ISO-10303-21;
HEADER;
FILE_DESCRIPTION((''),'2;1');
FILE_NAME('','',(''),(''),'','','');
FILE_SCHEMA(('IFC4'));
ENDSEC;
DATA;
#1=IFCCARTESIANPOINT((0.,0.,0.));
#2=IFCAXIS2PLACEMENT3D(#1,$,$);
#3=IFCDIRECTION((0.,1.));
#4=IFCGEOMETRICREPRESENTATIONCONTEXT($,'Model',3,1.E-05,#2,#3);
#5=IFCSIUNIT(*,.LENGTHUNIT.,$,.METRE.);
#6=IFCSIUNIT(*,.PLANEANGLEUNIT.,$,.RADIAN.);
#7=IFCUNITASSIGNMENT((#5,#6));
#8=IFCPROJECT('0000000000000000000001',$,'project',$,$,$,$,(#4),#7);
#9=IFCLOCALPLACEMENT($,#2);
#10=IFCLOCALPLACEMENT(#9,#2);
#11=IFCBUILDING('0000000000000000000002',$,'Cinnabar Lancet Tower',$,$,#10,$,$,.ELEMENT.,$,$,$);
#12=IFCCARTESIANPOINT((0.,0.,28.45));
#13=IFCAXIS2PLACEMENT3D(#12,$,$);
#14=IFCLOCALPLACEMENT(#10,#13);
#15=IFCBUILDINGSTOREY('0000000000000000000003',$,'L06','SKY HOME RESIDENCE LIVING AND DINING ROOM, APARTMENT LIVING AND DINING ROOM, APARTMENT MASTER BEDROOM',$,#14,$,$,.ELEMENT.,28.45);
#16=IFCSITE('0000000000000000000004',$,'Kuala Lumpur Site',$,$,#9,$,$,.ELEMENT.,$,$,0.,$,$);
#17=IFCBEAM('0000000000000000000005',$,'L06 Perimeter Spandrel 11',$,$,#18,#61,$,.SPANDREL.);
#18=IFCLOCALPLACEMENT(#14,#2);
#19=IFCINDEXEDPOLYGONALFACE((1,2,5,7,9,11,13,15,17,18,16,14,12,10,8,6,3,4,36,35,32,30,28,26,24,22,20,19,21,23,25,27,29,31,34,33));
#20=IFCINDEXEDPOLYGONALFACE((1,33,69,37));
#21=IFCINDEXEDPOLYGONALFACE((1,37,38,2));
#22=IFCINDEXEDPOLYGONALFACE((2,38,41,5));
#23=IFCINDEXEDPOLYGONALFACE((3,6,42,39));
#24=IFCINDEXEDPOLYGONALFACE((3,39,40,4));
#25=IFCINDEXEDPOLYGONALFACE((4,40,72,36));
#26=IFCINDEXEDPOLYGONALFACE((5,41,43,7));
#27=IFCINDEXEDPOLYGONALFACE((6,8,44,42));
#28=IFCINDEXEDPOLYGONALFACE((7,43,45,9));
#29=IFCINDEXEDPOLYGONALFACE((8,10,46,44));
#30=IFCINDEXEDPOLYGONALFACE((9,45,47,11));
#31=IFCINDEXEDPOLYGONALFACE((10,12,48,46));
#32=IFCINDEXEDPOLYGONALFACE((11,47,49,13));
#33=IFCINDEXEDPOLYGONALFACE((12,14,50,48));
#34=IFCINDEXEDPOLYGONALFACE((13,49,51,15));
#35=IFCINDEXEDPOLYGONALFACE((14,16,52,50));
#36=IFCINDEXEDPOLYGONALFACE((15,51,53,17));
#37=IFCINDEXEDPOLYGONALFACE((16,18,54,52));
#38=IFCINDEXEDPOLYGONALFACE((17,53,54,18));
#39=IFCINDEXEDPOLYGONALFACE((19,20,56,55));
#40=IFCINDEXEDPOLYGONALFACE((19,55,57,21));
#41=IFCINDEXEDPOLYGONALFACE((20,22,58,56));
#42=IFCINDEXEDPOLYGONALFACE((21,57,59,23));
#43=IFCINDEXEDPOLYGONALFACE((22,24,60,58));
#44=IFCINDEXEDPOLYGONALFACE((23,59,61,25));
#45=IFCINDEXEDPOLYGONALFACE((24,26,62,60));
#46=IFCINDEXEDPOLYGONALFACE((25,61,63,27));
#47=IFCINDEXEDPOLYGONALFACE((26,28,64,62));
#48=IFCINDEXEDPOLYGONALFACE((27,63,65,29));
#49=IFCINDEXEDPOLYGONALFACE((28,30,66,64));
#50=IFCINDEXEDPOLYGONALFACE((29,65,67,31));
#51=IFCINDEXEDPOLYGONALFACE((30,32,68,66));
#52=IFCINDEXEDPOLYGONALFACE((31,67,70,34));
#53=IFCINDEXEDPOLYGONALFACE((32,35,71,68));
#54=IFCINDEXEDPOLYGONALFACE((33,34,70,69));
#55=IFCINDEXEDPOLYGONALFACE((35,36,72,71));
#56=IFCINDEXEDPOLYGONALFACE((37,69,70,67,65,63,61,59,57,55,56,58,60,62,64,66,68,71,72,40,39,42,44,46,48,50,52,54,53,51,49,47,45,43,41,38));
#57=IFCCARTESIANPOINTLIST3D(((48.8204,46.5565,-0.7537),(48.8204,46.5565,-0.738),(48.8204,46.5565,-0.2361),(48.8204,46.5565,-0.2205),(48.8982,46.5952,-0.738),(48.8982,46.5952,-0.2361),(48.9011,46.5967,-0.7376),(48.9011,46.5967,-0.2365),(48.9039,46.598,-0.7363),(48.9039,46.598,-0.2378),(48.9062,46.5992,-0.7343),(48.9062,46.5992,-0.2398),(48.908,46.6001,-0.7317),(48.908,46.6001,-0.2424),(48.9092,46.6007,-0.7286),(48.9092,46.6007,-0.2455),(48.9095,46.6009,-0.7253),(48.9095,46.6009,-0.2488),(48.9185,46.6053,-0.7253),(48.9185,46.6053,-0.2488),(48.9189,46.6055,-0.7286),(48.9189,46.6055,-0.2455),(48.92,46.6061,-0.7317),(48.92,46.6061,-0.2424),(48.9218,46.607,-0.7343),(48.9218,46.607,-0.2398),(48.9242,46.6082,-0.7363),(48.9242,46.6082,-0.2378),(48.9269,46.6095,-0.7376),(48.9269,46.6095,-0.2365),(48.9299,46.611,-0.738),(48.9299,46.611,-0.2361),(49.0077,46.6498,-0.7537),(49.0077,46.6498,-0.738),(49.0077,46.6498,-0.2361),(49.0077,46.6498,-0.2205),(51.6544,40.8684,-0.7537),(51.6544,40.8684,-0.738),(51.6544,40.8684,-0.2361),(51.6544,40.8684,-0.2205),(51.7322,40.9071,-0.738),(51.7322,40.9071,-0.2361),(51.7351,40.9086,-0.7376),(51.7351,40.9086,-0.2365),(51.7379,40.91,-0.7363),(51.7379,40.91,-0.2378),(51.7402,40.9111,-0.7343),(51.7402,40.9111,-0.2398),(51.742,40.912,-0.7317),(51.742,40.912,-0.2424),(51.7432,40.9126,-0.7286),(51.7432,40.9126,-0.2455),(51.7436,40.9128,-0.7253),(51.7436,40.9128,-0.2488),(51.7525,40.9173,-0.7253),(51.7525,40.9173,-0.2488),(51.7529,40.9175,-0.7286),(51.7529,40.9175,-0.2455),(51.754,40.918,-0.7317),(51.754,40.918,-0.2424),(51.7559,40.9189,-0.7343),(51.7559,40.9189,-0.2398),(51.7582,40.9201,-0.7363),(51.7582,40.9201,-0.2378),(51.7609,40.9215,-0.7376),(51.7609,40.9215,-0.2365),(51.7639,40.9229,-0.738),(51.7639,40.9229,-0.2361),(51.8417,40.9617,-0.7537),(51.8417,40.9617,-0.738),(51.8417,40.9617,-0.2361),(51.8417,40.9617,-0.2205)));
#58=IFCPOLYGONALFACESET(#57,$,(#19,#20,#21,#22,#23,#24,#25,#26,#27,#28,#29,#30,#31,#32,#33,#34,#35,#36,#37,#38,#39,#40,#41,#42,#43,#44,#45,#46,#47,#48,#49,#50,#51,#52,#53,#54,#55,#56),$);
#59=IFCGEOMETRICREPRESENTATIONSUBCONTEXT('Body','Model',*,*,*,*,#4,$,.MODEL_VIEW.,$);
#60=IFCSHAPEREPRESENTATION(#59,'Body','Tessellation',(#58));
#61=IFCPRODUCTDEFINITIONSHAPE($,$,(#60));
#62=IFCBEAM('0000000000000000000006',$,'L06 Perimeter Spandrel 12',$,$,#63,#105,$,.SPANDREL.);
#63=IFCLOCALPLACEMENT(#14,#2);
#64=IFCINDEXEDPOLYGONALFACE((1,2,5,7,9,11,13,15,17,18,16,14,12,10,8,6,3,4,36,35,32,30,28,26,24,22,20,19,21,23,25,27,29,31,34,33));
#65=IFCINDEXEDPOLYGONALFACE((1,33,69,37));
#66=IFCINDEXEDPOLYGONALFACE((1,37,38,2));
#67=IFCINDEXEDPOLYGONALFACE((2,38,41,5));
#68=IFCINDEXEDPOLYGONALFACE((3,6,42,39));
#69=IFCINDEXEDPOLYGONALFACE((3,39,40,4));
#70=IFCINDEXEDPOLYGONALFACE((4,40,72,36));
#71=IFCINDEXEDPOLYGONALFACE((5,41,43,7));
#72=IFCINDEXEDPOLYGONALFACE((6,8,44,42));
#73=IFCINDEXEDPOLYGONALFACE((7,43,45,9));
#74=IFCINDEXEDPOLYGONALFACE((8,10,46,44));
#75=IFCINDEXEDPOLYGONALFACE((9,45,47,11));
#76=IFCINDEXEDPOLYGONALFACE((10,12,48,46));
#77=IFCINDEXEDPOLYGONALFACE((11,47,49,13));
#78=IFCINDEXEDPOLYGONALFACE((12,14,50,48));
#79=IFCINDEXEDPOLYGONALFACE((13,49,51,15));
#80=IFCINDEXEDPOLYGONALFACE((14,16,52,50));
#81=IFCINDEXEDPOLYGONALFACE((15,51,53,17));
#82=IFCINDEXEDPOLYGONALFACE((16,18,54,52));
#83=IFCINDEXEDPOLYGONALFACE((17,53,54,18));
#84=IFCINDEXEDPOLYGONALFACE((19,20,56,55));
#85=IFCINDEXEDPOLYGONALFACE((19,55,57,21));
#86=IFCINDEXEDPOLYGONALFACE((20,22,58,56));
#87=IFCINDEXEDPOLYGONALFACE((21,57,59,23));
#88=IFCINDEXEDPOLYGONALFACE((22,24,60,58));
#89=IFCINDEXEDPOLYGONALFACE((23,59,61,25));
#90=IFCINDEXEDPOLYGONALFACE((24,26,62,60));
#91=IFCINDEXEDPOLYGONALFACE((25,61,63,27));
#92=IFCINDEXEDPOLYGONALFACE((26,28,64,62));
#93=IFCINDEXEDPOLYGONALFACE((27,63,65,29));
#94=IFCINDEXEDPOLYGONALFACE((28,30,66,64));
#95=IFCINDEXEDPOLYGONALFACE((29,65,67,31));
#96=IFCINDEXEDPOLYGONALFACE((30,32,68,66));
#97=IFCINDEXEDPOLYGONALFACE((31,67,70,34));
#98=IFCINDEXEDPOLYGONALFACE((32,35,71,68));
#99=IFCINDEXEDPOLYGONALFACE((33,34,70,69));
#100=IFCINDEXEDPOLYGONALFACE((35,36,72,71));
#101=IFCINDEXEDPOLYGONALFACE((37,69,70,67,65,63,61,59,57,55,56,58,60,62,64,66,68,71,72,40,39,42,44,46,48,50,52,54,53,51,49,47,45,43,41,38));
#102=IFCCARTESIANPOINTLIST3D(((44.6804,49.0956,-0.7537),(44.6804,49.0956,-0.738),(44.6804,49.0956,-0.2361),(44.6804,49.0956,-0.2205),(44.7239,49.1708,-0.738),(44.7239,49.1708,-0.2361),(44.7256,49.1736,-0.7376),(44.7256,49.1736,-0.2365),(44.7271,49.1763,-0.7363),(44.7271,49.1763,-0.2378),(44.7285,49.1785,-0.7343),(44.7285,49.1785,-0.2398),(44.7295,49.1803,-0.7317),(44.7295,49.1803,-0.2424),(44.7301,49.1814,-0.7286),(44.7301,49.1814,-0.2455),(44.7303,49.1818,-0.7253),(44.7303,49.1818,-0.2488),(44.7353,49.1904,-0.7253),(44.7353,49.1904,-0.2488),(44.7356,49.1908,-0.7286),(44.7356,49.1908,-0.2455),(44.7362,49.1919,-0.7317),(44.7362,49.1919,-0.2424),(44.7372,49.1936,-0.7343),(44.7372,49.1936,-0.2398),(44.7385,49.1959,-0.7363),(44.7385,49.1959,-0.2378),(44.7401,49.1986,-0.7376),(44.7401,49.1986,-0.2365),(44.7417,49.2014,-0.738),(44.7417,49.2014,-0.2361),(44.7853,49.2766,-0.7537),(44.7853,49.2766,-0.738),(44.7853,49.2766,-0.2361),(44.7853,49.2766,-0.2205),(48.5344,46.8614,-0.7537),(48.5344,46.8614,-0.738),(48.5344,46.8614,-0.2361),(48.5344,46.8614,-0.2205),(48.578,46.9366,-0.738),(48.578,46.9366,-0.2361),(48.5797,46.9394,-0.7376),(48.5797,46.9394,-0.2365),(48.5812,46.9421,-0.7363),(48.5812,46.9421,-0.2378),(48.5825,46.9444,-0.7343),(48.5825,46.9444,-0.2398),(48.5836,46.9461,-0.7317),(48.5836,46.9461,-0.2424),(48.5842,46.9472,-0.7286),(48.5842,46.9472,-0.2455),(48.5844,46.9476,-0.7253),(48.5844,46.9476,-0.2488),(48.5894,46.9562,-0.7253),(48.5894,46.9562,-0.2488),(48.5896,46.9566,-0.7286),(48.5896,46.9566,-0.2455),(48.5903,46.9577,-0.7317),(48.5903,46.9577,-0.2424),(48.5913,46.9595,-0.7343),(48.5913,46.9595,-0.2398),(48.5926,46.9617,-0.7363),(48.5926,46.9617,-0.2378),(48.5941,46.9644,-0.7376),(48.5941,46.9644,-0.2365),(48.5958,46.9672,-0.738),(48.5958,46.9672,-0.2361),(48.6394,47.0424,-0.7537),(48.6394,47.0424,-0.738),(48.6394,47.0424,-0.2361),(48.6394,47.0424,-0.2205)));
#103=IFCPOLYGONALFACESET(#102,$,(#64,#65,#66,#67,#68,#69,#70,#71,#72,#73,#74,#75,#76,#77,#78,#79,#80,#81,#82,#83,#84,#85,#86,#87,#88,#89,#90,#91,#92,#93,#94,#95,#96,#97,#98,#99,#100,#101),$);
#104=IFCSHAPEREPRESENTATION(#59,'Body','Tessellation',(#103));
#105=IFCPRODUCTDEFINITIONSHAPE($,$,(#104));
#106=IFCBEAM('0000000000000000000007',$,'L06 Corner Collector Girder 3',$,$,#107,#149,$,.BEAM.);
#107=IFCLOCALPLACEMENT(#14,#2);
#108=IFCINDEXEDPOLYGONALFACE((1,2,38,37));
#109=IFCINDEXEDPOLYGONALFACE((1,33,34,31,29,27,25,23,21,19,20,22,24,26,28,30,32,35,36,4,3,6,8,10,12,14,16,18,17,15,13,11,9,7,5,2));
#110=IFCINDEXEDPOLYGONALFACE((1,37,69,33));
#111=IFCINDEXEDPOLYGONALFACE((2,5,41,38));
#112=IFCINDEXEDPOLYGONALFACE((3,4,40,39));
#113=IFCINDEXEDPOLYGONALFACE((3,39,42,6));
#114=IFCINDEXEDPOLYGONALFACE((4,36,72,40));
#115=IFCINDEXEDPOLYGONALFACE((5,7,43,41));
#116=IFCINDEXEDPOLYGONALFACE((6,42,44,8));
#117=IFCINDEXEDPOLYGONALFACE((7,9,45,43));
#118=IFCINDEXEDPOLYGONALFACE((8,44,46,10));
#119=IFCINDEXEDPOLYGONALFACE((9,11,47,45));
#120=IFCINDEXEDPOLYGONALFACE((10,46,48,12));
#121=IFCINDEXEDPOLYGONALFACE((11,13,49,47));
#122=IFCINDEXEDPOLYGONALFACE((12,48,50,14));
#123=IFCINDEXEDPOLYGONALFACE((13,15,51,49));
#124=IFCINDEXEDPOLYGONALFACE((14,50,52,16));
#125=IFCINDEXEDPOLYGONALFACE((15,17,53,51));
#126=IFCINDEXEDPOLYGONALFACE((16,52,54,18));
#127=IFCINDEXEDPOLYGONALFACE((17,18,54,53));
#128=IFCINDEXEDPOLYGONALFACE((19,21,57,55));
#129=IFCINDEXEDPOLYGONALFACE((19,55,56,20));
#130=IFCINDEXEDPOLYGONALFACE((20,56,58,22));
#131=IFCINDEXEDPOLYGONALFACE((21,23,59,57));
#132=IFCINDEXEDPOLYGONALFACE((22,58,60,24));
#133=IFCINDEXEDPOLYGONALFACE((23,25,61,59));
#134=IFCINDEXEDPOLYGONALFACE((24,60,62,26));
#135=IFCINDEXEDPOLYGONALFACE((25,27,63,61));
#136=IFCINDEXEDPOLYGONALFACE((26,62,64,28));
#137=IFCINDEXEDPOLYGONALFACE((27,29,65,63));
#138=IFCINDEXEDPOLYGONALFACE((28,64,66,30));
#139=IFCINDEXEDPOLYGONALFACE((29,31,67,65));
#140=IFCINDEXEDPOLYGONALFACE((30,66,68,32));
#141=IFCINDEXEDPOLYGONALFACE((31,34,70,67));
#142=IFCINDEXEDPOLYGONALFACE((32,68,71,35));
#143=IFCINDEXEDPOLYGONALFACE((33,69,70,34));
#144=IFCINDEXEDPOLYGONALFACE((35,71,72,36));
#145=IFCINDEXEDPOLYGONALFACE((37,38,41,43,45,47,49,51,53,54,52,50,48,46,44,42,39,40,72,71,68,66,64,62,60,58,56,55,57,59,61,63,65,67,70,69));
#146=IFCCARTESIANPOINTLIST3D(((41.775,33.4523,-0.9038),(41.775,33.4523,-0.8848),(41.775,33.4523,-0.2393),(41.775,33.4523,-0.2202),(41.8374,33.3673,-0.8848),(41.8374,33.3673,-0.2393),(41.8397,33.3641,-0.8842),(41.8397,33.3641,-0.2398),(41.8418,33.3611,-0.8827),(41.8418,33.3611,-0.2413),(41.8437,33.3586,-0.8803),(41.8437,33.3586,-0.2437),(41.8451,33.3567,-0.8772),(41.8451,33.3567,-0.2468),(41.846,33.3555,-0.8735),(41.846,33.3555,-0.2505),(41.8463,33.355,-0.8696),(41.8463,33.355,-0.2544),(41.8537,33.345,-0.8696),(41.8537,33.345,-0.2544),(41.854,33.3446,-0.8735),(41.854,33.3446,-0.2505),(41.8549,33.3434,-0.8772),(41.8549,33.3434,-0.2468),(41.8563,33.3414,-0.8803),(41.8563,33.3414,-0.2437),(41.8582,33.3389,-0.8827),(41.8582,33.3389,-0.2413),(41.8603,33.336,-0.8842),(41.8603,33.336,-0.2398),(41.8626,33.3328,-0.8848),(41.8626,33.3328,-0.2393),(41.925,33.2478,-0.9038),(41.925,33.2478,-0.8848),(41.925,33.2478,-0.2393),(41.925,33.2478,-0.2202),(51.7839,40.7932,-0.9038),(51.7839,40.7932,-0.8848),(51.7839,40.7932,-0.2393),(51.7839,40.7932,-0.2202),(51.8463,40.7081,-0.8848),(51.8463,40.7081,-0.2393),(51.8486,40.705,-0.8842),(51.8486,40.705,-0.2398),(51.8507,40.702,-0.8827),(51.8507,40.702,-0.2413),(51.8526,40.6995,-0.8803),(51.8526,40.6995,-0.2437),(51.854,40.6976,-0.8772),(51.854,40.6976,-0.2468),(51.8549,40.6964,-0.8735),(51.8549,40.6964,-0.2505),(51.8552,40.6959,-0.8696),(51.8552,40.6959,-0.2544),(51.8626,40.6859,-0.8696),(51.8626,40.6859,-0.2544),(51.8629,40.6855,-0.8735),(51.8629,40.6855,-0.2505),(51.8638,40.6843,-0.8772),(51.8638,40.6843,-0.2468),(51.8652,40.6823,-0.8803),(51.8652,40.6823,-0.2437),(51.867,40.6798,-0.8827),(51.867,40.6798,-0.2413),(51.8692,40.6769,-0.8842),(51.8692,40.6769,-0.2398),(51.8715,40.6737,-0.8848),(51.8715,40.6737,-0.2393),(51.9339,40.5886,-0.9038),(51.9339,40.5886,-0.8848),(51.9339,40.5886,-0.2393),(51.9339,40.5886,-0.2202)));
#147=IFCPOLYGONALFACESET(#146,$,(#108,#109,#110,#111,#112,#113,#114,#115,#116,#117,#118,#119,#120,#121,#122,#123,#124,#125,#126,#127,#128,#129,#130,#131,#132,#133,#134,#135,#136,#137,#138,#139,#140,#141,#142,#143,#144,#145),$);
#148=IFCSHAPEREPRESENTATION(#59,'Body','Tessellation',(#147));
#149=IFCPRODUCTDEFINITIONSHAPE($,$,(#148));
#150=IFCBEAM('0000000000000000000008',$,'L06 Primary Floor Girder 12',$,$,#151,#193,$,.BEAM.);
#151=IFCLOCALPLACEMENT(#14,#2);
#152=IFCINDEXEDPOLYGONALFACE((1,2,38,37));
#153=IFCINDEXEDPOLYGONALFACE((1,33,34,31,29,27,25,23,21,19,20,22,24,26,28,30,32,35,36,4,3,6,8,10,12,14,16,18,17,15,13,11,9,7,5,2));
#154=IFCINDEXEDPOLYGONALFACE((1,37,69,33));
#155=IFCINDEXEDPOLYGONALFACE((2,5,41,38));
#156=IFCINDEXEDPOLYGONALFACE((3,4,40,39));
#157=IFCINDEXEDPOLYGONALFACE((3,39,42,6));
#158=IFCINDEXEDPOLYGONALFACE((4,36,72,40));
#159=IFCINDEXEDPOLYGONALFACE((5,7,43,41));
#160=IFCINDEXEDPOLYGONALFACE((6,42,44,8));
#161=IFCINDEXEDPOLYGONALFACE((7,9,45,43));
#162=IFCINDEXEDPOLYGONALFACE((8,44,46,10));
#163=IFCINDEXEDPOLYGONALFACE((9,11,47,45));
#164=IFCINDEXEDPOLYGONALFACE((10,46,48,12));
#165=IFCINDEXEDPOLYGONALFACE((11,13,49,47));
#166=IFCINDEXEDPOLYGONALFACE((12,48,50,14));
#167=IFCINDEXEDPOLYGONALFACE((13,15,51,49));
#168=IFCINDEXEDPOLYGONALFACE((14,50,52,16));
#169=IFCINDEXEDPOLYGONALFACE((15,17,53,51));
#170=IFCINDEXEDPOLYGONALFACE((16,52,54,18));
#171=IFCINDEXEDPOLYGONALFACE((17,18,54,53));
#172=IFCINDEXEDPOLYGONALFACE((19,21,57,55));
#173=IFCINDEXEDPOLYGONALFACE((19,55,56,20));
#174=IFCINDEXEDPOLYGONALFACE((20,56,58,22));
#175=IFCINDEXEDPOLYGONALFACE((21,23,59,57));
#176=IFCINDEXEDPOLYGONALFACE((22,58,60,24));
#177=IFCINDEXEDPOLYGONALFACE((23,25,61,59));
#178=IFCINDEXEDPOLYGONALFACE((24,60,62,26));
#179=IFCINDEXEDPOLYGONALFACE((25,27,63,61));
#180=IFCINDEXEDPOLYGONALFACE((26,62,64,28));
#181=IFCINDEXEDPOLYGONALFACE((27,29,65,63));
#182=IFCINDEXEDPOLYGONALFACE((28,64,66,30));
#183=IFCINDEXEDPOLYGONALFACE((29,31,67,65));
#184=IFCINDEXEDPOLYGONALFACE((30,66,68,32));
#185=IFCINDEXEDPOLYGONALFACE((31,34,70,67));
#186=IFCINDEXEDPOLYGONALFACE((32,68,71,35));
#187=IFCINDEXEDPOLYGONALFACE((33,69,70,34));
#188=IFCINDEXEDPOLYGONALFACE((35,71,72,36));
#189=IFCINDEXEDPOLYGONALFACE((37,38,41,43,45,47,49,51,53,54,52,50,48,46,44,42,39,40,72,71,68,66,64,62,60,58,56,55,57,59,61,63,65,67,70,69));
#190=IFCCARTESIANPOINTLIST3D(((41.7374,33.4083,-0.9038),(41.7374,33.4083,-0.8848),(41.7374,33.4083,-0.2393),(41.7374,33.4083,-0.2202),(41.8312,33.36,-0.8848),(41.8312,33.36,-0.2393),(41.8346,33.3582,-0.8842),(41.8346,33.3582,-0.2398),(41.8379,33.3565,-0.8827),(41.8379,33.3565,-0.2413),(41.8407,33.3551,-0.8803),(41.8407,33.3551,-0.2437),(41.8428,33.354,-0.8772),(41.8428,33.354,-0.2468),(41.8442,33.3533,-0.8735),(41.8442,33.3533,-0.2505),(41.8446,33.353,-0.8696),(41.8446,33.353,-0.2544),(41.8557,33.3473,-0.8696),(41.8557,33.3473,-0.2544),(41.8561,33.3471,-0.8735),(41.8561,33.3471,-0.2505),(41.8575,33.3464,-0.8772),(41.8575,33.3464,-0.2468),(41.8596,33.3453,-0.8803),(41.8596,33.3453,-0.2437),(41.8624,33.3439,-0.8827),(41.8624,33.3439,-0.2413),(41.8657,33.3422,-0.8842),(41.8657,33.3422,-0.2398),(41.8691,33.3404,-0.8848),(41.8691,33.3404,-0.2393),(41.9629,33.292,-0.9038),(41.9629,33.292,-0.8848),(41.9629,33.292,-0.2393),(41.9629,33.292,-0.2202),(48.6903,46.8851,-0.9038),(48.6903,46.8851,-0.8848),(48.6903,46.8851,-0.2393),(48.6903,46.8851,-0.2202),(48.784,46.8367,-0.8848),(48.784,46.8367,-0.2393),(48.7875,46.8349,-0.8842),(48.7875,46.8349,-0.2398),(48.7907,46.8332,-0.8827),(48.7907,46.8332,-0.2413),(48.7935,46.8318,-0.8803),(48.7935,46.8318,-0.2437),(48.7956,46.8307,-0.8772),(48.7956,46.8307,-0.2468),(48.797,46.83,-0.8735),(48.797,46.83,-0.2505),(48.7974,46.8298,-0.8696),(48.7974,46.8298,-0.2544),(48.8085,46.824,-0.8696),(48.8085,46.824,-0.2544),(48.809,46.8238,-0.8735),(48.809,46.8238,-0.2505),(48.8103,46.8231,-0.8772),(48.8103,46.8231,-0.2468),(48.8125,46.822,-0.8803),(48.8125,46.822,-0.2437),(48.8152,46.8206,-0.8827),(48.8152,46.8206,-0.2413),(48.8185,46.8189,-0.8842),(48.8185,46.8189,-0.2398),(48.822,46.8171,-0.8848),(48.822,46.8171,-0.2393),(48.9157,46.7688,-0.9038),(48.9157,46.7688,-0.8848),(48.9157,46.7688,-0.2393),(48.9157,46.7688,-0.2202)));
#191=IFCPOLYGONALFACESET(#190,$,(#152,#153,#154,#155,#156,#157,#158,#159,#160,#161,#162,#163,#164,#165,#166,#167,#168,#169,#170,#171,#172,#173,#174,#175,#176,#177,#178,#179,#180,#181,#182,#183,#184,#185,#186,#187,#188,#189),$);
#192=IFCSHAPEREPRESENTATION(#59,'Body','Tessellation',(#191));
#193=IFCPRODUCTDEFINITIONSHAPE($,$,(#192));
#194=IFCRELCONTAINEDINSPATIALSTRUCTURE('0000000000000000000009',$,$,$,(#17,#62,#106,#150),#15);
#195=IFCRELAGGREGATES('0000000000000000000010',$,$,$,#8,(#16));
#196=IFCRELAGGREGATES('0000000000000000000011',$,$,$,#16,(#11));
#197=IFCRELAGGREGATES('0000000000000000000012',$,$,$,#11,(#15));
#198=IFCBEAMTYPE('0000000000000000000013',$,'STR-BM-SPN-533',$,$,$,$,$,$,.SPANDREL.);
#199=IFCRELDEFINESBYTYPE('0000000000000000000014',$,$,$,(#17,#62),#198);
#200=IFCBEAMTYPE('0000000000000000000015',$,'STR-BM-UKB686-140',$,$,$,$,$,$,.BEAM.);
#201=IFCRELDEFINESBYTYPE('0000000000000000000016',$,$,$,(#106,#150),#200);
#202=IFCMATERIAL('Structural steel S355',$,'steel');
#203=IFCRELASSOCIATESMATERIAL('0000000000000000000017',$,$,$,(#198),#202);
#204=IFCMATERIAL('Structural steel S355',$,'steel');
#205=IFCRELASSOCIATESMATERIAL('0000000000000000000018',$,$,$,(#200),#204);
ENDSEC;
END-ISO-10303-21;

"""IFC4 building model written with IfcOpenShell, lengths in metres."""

from ifc_helpers import new_model, si_unit, direction, frame, origin, origin_2d, place, context, subcontext, project, spatial, i_section, extrude, material, material_profile, profile_set, type_object, element, save


model = new_model("IFC4")

# Units and contexts
model_context = context("Model", 3, precision=1e-05, world=origin(), true_north=direction((0.0, 1.0)))
body_context = subcontext(model_context, "Body", "Model", "MODEL_VIEW")
ifc_project = project(units=[si_unit("LENGTHUNIT", "METRE"), si_unit("PLANEANGLEUNIT", "RADIAN")], contexts=[model_context])

# Site, building, storey
site_placement = place(None, origin())
site = spatial("IfcSite", under=ifc_project, at=site_placement, Name="Kuala Lumpur Site", CompositionType="ELEMENT", RefElevation=0.0)
building_placement = place(site_placement, origin())
building = spatial("IfcBuilding", under=site, at=building_placement, Name="Cinnabar Lancet Tower", CompositionType="ELEMENT")
storey_placement = place(building_placement, frame((0.0, 0.0, 28.45)))
storey = spatial("IfcBuildingStorey", under=building, at=storey_placement, Name="L06", Description="SKY HOME RESIDENCE LIVING AND DINING ROOM, APARTMENT LIVING AND DINING ROOM, APARTMENT MASTER BEDROOM", CompositionType="ELEMENT", Elevation=28.45)

# Beams
ifc_material_1 = material(Name="Structural steel S355", Category="steel")
ifc_material_profile_1 = material_profile(ifc_material_1, i_section(OverallWidth=0.2092, OverallDepth=0.5332, WebThickness=0.01, FlangeThickness=0.0156, FilletRadius=0.0127, at=origin_2d()), Name="UKB 533x210x92")
ifc_profile_set_1 = profile_set([ifc_material_profile_1], Name="Structural steel S355")
beam_type_1 = type_object("IfcBeamType", Name="STR-BM-SPN-533", PredefinedType="SPANDREL", material=ifc_profile_set_1)
beam_1_placement = place(storey_placement, frame((51.748, 40.915, -0.4871), z_axis=(-0.445953, 0.895056, 0.0), x_axis=(-0.895056, -0.445953, 0.0)))
element("IfcBeam", 1, at=beam_1_placement, inside=storey, type_object=beam_type_1, Name="L06 Perimeter Spandrel 11", PredefinedType="SPANDREL", context=body_context, shape_type="SweptSolid", body=[
    extrude(i_section(OverallWidth=0.2092, OverallDepth=0.5332, WebThickness=0.01, FlangeThickness=0.0156, FilletRadius=0.0127, at=origin_2d()), origin(), (0.0, 0.0, 1.0), 6.355),
])
beam_2_placement = place(storey_placement, frame((48.5869, 46.9519, -0.4871), z_axis=(-0.865147, 0.501518, 0.0), x_axis=(-0.501518, -0.865147, 0.0)))
element("IfcBeam", 2, at=beam_2_placement, inside=storey, type_object=beam_type_1, Name="L06 Perimeter Spandrel 12", PredefinedType="SPANDREL", context=body_context, shape_type="SweptSolid", body=[
    extrude(i_section(OverallWidth=0.2092, OverallDepth=0.5332, WebThickness=0.01, FlangeThickness=0.0156, FilletRadius=0.0127, at=origin_2d()), origin(), (0.0, 0.0, 1.0), 4.4548),
])
ifc_material_2 = material(Name="Structural steel S355", Category="steel")
ifc_material_profile_2 = material_profile(ifc_material_2, i_section(OverallWidth=0.2537, OverallDepth=0.6836, WebThickness=0.0125, FlangeThickness=0.019, FilletRadius=0.0151, at=origin_2d()), Name="UKB 686x254x140")
ifc_profile_set_2 = profile_set([ifc_material_profile_2], Name="Structural steel S355")
beam_type_2 = type_object("IfcBeamType", Name="STR-BM-UKB686-140", PredefinedType="BEAM", material=ifc_profile_set_2)
beam_3_placement = place(storey_placement, frame((51.8589, 40.6909, -0.562), z_axis=(-0.806365, -0.591418, 0.0), x_axis=(0.591418, -0.806365, 0.0)))
element("IfcBeam", 3, at=beam_3_placement, inside=storey, type_object=beam_type_2, Name="L06 Corner Collector Girder 3", PredefinedType="BEAM", context=body_context, shape_type="SweptSolid", body=[
    extrude(i_section(OverallWidth=0.2537, OverallDepth=0.6836, WebThickness=0.0125, FlangeThickness=0.019, FilletRadius=0.0151, at=origin_2d()), origin(), (0.0, 0.0, 1.0), 12.4124),
])
beam_4_placement = place(storey_placement, frame((48.803, 46.8269, -0.562), z_axis=(-0.458492, -0.888698, 0.0), x_axis=(0.888698, -0.458492, 0.0)))
element("IfcBeam", 4, at=beam_4_placement, inside=storey, type_object=beam_type_2, Name="L06 Primary Floor Girder 12", PredefinedType="BEAM", context=body_context, shape_type="SweptSolid", body=[
    extrude(i_section(OverallWidth=0.2537, OverallDepth=0.6836, WebThickness=0.0125, FlangeThickness=0.019, FilletRadius=0.0151, at=origin_2d()), origin(), (0.0, 0.0, 1.0), 15.1646),
])

save(model, "model.ifc")
